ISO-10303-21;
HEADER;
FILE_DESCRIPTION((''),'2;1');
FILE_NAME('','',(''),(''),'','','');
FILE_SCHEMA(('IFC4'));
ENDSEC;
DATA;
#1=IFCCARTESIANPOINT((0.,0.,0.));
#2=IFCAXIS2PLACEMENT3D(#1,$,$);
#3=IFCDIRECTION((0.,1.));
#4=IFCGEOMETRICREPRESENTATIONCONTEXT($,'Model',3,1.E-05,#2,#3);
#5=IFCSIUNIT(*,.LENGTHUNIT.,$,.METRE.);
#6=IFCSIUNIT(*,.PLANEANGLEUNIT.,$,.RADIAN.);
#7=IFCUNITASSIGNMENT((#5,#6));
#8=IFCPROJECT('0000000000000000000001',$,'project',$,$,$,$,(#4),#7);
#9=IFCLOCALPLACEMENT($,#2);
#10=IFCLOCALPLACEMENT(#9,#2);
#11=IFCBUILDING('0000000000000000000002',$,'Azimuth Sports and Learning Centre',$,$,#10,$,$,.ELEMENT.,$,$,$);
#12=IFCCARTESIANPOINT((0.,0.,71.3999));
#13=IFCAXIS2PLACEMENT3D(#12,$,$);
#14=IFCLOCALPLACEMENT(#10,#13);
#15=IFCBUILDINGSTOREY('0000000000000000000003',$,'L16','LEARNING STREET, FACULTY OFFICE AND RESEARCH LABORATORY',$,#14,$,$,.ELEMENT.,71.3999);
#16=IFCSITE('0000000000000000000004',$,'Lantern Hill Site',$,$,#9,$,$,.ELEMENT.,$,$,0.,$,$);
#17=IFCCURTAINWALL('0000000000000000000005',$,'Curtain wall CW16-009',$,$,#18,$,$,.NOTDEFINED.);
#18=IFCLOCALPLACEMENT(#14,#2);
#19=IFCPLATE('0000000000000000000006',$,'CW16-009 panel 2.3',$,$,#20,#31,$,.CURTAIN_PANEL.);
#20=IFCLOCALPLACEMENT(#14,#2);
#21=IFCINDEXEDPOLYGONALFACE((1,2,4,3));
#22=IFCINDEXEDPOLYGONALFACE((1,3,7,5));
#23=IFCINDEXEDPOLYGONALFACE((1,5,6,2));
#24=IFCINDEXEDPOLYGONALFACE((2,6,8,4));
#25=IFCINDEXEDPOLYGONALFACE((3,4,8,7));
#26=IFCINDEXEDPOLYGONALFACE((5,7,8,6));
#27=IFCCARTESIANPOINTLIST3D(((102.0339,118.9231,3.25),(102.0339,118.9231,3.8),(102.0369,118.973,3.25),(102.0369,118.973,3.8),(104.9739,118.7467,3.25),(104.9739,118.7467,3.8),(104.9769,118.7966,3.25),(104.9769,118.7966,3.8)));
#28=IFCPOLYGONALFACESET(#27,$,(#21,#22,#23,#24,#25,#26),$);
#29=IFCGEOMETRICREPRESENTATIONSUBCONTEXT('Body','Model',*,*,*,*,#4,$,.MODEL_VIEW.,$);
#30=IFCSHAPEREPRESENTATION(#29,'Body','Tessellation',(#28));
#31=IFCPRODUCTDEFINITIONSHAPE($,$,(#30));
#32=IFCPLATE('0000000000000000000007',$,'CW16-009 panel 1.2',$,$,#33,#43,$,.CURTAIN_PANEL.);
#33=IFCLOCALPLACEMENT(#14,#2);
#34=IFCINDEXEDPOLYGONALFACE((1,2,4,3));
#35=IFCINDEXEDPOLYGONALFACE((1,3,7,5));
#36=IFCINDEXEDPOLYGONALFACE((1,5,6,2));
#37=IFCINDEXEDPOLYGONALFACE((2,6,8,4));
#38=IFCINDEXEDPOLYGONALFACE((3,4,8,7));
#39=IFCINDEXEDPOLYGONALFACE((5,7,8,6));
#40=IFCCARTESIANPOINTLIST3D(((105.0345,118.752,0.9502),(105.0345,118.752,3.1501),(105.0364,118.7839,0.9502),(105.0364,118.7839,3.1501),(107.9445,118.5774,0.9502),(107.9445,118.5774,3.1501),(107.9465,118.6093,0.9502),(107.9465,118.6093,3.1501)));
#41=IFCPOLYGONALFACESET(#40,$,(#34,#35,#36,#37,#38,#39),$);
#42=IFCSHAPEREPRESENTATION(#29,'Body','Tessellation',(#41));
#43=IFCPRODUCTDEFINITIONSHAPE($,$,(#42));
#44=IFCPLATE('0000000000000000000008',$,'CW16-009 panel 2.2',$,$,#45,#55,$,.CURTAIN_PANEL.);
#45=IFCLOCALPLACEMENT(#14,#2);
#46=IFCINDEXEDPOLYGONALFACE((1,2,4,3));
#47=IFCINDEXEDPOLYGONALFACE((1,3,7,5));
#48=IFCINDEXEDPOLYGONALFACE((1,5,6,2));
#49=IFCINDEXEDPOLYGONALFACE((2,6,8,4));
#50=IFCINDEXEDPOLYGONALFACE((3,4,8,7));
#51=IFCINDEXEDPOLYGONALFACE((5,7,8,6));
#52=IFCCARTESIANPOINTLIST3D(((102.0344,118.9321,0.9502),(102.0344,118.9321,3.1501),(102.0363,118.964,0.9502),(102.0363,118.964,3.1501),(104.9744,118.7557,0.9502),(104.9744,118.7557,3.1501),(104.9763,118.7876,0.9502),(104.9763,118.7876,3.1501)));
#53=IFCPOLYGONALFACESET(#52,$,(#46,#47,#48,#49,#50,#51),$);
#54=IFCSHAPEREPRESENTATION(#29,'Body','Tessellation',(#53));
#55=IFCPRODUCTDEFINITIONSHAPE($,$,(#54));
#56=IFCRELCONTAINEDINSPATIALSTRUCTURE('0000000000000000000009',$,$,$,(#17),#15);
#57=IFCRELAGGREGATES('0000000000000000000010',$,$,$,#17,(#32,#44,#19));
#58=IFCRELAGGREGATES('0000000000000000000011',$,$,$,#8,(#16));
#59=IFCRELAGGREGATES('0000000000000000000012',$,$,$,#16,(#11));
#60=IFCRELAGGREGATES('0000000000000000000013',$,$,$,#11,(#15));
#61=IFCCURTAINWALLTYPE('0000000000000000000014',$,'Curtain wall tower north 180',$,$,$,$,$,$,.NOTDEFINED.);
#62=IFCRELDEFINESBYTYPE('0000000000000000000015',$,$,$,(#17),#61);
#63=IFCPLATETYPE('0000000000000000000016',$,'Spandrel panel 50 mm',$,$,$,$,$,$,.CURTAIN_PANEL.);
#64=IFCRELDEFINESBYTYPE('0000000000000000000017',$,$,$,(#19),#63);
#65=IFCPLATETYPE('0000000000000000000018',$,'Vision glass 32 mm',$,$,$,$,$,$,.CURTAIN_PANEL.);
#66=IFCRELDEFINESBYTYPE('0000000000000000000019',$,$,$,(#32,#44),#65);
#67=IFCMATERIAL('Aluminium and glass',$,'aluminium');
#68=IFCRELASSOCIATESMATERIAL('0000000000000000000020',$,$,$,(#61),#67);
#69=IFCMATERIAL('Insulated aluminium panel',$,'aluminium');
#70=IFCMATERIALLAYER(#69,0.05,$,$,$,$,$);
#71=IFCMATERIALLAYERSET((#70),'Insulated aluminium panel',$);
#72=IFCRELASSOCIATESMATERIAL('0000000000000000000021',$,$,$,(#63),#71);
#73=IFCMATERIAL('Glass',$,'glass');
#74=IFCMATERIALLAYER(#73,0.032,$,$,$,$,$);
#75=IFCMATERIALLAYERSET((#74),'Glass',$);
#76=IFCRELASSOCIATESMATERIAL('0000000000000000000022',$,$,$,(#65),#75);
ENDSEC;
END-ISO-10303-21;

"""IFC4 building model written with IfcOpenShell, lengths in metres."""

from ifc_helpers import new_model, si_unit, direction, frame, origin, origin_2d, place, context, subcontext, project, spatial, rectangle, extrude, material, layer, layer_set, type_object, element, aggregate, save


model = new_model("IFC4")

# Units and contexts
model_context = context("Model", 3, precision=1e-05, world=origin(), true_north=direction((0.0, 1.0)))
body_context = subcontext(model_context, "Body", "Model", "MODEL_VIEW")
ifc_project = project(units=[si_unit("LENGTHUNIT", "METRE"), si_unit("PLANEANGLEUNIT", "RADIAN")], contexts=[model_context])

# Site, building, storey
site_placement = place(None, origin())
site = spatial("IfcSite", under=ifc_project, at=site_placement, Name="Lantern Hill Site", CompositionType="ELEMENT", RefElevation=0.0)
building_placement = place(site_placement, origin())
building = spatial("IfcBuilding", under=site, at=building_placement, Name="Azimuth Sports and Learning Centre", CompositionType="ELEMENT")
storey_placement = place(building_placement, frame((0.0, 0.0, 71.3999)))
storey = spatial("IfcBuildingStorey", under=building, at=storey_placement, Name="L16", Description="LEARNING STREET, FACULTY OFFICE AND RESEARCH LABORATORY", CompositionType="ELEMENT", Elevation=71.3999)

# Curtain wall, plates
ifc_material_1 = material(Name="Aluminium and glass", Category="aluminium")
curtain_wall_type = type_object("IfcCurtainWallType", Name="Curtain wall tower north 180", PredefinedType="NOTDEFINED", material=ifc_material_1)
curtain_wall_placement = place(storey_placement, origin())
curtain_wall = element("IfcCurtainWall", 1, at=curtain_wall_placement, inside=storey, type_object=curtain_wall_type, Name="Curtain wall CW16-009", PredefinedType="NOTDEFINED")
ifc_material_2 = material(Name="Insulated aluminium panel", Category="aluminium")
ifc_layer_1 = layer(ifc_material_2, 0.05)
ifc_layer_set_1 = layer_set([ifc_layer_1], Name="Insulated aluminium panel")
plate_type_1 = type_object("IfcPlateType", Name="Spandrel panel 50 mm", PredefinedType="CURTAIN_PANEL", material=ifc_layer_set_1)
plate_1_placement = place(storey_placement, frame((103.5054, 118.8599, 3.25), z_axis=(0.0, 0.0, 1.0), x_axis=(-0.998205, 0.059892, 0.0)))
plate_1 = element("IfcPlate", 2, at=plate_1_placement, type_object=plate_type_1, Name="CW16-009 panel 2.3", PredefinedType="CURTAIN_PANEL", context=body_context, shape_type="SweptSolid", body=[
    extrude(rectangle(XDim=2.9453, YDim=0.05, at=origin_2d()), origin(), (0.0, 0.0, 1.0), 0.55),
])
ifc_material_3 = material(Name="Glass", Category="glass")
ifc_layer_2 = layer(ifc_material_3, 0.032)
ifc_layer_set_2 = layer_set([ifc_layer_2], Name="Glass")
plate_type_2 = type_object("IfcPlateType", Name="Vision glass 32 mm", PredefinedType="CURTAIN_PANEL", material=ifc_layer_set_2)
plate_2_placement = place(storey_placement, frame((106.4905, 118.6807, 0.9502), z_axis=(0.0, 0.0, 1.0), x_axis=(-0.998205, 0.059892, 0.0)))
plate_2 = element("IfcPlate", 3, at=plate_2_placement, type_object=plate_type_2, Name="CW16-009 panel 1.2", PredefinedType="CURTAIN_PANEL", context=body_context, shape_type="SweptSolid", body=[
    extrude(rectangle(XDim=2.9153, YDim=0.032, at=origin_2d()), origin(), (0.0, 0.0, 1.0), 2.2),
])
plate_3_placement = place(storey_placement, frame((103.5054, 118.8599, 0.9502), z_axis=(0.0, 0.0, 1.0), x_axis=(-0.998205, 0.059892, 0.0)))
plate_3 = element("IfcPlate", 4, at=plate_3_placement, type_object=plate_type_2, Name="CW16-009 panel 2.2", PredefinedType="CURTAIN_PANEL", context=body_context, shape_type="SweptSolid", body=[
    extrude(rectangle(XDim=2.9453, YDim=0.032, at=origin_2d()), origin(), (0.0, 0.0, 1.0), 2.2),
])
aggregate(curtain_wall, [plate_2, plate_3, plate_1])

save(model, "model.ifc")
